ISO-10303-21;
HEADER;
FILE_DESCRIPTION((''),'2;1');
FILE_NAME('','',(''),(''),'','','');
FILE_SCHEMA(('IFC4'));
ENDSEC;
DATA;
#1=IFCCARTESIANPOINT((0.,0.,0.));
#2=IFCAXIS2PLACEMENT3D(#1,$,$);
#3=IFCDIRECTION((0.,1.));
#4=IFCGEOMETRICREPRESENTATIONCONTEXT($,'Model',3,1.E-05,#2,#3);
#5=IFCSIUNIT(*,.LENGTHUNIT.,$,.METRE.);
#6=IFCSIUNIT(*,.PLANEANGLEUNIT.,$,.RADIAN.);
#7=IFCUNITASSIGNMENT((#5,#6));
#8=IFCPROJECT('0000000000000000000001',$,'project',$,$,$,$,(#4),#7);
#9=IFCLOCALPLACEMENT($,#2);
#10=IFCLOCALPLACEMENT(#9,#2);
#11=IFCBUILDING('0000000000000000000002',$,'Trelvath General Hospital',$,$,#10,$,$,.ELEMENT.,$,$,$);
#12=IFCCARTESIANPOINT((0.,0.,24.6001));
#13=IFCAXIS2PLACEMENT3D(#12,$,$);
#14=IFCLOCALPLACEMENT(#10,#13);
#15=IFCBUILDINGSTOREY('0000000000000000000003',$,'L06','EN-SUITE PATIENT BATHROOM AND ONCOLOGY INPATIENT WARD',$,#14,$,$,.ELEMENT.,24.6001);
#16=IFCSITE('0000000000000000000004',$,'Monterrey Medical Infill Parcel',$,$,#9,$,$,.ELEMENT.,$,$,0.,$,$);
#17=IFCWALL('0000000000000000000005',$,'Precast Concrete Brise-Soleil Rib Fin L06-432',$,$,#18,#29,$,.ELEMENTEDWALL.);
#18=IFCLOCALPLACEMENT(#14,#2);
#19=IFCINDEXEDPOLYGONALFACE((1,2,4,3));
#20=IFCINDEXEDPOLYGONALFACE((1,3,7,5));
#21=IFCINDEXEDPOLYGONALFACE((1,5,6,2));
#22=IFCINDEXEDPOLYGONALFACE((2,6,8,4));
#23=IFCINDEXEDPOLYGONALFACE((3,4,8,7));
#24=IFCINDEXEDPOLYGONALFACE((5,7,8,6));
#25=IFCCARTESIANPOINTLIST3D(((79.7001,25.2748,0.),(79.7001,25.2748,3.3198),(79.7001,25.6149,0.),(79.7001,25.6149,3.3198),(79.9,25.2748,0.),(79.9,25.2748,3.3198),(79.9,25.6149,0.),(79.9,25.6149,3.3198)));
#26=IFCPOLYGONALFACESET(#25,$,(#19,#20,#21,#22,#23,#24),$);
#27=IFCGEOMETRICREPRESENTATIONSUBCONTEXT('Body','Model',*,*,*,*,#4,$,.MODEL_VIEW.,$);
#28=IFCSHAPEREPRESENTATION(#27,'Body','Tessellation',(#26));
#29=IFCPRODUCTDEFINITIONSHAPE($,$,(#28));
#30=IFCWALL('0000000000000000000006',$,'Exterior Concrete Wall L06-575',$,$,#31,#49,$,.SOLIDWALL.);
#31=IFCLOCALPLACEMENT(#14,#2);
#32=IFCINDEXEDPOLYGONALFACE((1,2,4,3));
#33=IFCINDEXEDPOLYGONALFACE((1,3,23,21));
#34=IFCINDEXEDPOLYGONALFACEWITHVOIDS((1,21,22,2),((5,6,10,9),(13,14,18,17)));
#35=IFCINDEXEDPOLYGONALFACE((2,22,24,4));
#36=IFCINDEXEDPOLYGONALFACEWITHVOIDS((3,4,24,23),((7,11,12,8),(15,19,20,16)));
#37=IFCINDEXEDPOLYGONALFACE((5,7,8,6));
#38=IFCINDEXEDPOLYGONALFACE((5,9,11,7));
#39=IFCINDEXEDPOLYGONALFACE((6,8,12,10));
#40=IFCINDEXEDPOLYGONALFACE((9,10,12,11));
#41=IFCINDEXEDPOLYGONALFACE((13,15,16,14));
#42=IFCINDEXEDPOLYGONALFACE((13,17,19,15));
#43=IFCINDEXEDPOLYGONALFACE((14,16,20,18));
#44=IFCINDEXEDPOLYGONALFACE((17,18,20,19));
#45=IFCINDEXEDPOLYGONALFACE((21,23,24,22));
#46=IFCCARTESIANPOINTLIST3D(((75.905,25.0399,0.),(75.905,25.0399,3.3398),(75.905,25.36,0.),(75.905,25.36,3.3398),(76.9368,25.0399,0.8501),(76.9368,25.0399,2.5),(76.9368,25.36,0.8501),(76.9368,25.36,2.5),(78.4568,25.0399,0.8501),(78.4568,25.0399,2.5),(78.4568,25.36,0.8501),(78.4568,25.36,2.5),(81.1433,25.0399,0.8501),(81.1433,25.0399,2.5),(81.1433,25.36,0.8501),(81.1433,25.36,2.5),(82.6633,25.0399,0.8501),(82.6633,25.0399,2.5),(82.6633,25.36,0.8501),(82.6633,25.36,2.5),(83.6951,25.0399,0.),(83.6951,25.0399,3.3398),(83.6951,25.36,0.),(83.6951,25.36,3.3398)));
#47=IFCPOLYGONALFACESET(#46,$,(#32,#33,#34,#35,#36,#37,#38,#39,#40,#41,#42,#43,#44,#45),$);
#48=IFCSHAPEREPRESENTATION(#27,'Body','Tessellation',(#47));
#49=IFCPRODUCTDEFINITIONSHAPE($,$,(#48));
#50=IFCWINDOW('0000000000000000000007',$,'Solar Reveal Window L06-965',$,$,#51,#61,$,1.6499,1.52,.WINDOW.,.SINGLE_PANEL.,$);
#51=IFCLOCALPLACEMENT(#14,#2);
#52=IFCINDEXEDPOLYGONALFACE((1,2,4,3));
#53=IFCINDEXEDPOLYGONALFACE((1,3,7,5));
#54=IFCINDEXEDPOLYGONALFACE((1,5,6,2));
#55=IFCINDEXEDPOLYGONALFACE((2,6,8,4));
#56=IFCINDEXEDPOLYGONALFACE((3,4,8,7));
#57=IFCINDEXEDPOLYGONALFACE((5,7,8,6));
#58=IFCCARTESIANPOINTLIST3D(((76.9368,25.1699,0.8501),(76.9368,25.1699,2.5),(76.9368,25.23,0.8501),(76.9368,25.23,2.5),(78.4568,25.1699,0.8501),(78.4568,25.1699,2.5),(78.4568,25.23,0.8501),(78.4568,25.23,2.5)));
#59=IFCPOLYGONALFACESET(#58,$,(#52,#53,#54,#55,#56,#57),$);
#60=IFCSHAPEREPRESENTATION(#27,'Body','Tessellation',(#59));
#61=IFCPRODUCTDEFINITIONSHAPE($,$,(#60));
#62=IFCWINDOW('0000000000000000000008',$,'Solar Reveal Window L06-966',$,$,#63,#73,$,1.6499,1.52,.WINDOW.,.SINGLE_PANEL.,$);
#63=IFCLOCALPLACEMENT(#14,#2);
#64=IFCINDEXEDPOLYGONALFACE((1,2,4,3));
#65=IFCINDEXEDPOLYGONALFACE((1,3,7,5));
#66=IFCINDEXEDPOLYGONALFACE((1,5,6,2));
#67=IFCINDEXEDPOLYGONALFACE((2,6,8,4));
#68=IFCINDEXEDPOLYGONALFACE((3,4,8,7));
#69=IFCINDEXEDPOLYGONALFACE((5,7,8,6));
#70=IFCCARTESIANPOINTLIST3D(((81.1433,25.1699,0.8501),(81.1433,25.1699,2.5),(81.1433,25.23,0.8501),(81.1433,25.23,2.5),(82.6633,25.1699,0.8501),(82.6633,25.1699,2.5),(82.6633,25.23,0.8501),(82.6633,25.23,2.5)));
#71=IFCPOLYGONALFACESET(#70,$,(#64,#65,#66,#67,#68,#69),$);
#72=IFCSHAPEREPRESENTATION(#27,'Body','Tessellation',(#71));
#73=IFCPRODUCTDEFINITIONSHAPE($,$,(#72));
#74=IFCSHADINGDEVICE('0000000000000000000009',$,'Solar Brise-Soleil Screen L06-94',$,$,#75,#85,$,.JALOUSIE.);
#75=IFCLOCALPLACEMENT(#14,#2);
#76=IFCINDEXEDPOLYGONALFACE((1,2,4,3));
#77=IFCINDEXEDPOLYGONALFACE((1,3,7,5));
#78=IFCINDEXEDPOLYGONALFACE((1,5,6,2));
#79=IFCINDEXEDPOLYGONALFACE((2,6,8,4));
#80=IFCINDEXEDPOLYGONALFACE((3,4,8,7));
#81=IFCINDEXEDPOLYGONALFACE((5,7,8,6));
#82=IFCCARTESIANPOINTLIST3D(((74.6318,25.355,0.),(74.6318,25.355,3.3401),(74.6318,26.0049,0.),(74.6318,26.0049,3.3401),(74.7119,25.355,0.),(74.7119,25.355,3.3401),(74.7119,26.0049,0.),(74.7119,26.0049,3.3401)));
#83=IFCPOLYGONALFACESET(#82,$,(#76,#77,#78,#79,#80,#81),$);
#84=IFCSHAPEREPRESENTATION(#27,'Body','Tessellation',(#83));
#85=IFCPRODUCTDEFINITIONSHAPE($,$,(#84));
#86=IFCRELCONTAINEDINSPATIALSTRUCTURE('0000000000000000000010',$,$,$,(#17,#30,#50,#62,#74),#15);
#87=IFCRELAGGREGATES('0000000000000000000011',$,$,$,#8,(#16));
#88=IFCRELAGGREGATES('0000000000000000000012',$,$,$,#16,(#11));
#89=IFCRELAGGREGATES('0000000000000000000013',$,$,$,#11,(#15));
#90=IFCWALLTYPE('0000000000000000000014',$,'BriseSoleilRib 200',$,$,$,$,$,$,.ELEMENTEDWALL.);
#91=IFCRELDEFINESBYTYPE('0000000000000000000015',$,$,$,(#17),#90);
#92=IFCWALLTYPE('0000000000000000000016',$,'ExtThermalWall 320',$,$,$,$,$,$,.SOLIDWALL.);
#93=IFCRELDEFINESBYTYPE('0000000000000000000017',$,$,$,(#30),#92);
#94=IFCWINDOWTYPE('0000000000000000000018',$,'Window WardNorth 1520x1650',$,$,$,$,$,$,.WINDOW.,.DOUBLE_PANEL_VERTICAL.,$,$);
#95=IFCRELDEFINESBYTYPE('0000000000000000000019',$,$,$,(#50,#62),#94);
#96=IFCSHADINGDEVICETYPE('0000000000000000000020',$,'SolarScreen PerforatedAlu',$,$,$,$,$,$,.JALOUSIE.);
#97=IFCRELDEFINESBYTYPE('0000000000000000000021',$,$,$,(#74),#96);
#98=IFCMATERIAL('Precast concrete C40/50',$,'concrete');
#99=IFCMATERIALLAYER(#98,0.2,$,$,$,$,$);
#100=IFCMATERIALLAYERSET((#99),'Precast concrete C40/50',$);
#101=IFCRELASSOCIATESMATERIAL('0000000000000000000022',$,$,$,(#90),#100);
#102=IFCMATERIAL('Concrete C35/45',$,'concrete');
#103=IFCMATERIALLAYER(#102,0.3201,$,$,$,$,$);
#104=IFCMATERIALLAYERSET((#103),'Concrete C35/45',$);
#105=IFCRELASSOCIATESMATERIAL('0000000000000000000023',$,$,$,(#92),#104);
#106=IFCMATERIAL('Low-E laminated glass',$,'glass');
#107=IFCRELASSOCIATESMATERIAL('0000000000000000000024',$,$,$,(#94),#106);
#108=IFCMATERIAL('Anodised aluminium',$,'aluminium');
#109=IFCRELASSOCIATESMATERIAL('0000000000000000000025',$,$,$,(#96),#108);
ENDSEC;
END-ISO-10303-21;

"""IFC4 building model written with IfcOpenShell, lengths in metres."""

from ifc_helpers import new_model, si_unit, direction, frame, frame_2d, origin, origin_2d, place, context, subcontext, project, spatial, rectangle, extrude, material, layer, layer_set, type_object, element, fill, save


model = new_model("IFC4")

# Units and contexts
model_context = context("Model", 3, precision=1e-05, world=origin(), true_north=direction((0.0, 1.0)))
body_context = subcontext(model_context, "Body", "Model", "MODEL_VIEW")
ifc_project = project(units=[si_unit("LENGTHUNIT", "METRE"), si_unit("PLANEANGLEUNIT", "RADIAN")], contexts=[model_context])

# Site, building, storey
site_placement = place(None, origin())
site = spatial("IfcSite", under=ifc_project, at=site_placement, Name="Monterrey Medical Infill Parcel", CompositionType="ELEMENT", RefElevation=0.0)
building_placement = place(site_placement, origin())
building = spatial("IfcBuilding", under=site, at=building_placement, Name="Trelvath General Hospital", CompositionType="ELEMENT")
storey_placement = place(building_placement, frame((0.0, 0.0, 24.6001)))
storey = spatial("IfcBuildingStorey", under=building, at=storey_placement, Name="L06", Description="EN-SUITE PATIENT BATHROOM AND ONCOLOGY INPATIENT WARD", CompositionType="ELEMENT", Elevation=24.6001)

# Wall
ifc_material_1 = material(Name="Precast concrete C40/50", Category="concrete")
ifc_layer_1 = layer(ifc_material_1, 0.2)
ifc_layer_set_1 = layer_set([ifc_layer_1], Name="Precast concrete C40/50")
wall_type_1 = type_object("IfcWallType", Name="BriseSoleilRib 200", PredefinedType="ELEMENTEDWALL", material=ifc_layer_set_1)
for number, where, z_axis, x_axis, name in (
    (1, (79.8, 25.2749, 0.0), (0.0, 0.0, 1.0), (0.0, 1.0, 0.0), "Precast Concrete Brise-Soleil Rib Fin L06-432"),
):
    element("IfcWall", number, at=place(storey_placement, frame(where, z_axis=z_axis, x_axis=x_axis)), inside=storey, type_object=wall_type_1, Name=name, PredefinedType="ELEMENTEDWALL", context=body_context, shape_type="SweptSolid", body=[
        extrude(rectangle(XDim=0.3401, YDim=0.2, at=frame_2d((0.1699, 0.0))), origin(), (0.0, 0.0, 1.0), 3.3198),
    ])

# Wall, openings, windows
ifc_material_2 = material(Name="Concrete C35/45", Category="concrete")
ifc_layer_2 = layer(ifc_material_2, 0.3201)
ifc_layer_set_2 = layer_set([ifc_layer_2], Name="Concrete C35/45")
wall_type_2 = type_object("IfcWallType", Name="ExtThermalWall 320", PredefinedType="SOLIDWALL", material=ifc_layer_set_2)
wall_placement = place(storey_placement, frame((75.905, 25.2, 0.0), z_axis=(0.0, 0.0, 1.0), x_axis=(1.0, 0.0, 0.0)))
wall = element("IfcWall", 2, at=wall_placement, inside=storey, type_object=wall_type_2, Name="Exterior Concrete Wall L06-575", PredefinedType="SOLIDWALL", context=body_context, shape_type="SweptSolid", body=[
    extrude(rectangle(XDim=7.79, YDim=0.3201, at=frame_2d((3.895, 0.0))), origin(), (0.0, 0.0, 1.0), 3.3398),
])
opening_1_placement = place(wall_placement, frame((1.0317, 0.0, 0.8501)))
opening_1 = element("IfcOpeningElement", 3, at=opening_1_placement, cuts=wall, PredefinedType="OPENING", context=body_context, shape_type="SweptSolid", body=[
    extrude(rectangle(XDim=1.52, YDim=1.6499, at=frame_2d((0.76, 0.825))), frame((0.0, 0.1699, 0.0), z_axis=(0.0, -1.0, 0.0), x_axis=(1.0, 0.0, 0.0)), (0.0, 0.0, 1.0), 0.3401),
])
opening_2_placement = place(wall_placement, frame((5.2383, 0.0, 0.8501)))
opening_2 = element("IfcOpeningElement", 4, at=opening_2_placement, cuts=wall, PredefinedType="OPENING", context=body_context, shape_type="SweptSolid", body=[
    extrude(rectangle(XDim=1.52, YDim=1.6499, at=frame_2d((0.76, 0.825))), frame((0.0, 0.1699, 0.0), z_axis=(0.0, -1.0, 0.0), x_axis=(1.0, 0.0, 0.0)), (0.0, 0.0, 1.0), 0.3401),
])
ifc_material_3 = material(Name="Low-E laminated glass", Category="glass")
window_type = type_object("IfcWindowType", Name="Window WardNorth 1520x1650", PartitioningType="DOUBLE_PANEL_VERTICAL", PredefinedType="WINDOW", material=ifc_material_3)
window_1_placement = place(opening_1_placement, origin())
window_1 = element("IfcWindow", 5, at=window_1_placement, inside=storey, type_object=window_type, Name="Solar Reveal Window L06-965", OverallHeight=1.6499, OverallWidth=1.52, PartitioningType="SINGLE_PANEL", PredefinedType="WINDOW", context=body_context, shape_type="SweptSolid", body=[
    extrude(rectangle(XDim=1.52, YDim=1.6499, at=frame_2d((0.76, 0.825))), frame((0.0, 0.03, 0.0), z_axis=(0.0, -1.0, 0.0), x_axis=(1.0, 0.0, 0.0)), (0.0, 0.0, 1.0), 0.0601),
])
fill(opening_1, window_1)
window_2_placement = place(opening_2_placement, origin())
window_2 = element("IfcWindow", 6, at=window_2_placement, inside=storey, type_object=window_type, Name="Solar Reveal Window L06-966", OverallHeight=1.6499, OverallWidth=1.52, PartitioningType="SINGLE_PANEL", PredefinedType="WINDOW", context=body_context, shape_type="SweptSolid", body=[
    extrude(rectangle(XDim=1.52, YDim=1.6499, at=frame_2d((0.76, 0.825))), frame((0.0, 0.03, 0.0), z_axis=(0.0, -1.0, 0.0), x_axis=(1.0, 0.0, 0.0)), (0.0, 0.0, 1.0), 0.0601),
])
fill(opening_2, window_2)

# Shading device
ifc_material_4 = material(Name="Anodised aluminium", Category="aluminium")
shading_device_type = type_object("IfcShadingDeviceType", Name="SolarScreen PerforatedAlu", PredefinedType="JALOUSIE", material=ifc_material_4)
shading_device_placement = place(storey_placement, frame((74.6719, 25.6799, 0.0), z_axis=(0.0, 0.0, 1.0), x_axis=(0.0, 1.0, 0.0)))
element("IfcShadingDevice", 7, at=shading_device_placement, inside=storey, type_object=shading_device_type, Name="Solar Brise-Soleil Screen L06-94", PredefinedType="JALOUSIE", context=body_context, shape_type="SweptSolid", body=[
    extrude(rectangle(XDim=0.6499, YDim=0.0801, at=origin_2d()), origin(), (0.0, 0.0, 1.0), 3.3401),
])

save(model, "model.ifc")
